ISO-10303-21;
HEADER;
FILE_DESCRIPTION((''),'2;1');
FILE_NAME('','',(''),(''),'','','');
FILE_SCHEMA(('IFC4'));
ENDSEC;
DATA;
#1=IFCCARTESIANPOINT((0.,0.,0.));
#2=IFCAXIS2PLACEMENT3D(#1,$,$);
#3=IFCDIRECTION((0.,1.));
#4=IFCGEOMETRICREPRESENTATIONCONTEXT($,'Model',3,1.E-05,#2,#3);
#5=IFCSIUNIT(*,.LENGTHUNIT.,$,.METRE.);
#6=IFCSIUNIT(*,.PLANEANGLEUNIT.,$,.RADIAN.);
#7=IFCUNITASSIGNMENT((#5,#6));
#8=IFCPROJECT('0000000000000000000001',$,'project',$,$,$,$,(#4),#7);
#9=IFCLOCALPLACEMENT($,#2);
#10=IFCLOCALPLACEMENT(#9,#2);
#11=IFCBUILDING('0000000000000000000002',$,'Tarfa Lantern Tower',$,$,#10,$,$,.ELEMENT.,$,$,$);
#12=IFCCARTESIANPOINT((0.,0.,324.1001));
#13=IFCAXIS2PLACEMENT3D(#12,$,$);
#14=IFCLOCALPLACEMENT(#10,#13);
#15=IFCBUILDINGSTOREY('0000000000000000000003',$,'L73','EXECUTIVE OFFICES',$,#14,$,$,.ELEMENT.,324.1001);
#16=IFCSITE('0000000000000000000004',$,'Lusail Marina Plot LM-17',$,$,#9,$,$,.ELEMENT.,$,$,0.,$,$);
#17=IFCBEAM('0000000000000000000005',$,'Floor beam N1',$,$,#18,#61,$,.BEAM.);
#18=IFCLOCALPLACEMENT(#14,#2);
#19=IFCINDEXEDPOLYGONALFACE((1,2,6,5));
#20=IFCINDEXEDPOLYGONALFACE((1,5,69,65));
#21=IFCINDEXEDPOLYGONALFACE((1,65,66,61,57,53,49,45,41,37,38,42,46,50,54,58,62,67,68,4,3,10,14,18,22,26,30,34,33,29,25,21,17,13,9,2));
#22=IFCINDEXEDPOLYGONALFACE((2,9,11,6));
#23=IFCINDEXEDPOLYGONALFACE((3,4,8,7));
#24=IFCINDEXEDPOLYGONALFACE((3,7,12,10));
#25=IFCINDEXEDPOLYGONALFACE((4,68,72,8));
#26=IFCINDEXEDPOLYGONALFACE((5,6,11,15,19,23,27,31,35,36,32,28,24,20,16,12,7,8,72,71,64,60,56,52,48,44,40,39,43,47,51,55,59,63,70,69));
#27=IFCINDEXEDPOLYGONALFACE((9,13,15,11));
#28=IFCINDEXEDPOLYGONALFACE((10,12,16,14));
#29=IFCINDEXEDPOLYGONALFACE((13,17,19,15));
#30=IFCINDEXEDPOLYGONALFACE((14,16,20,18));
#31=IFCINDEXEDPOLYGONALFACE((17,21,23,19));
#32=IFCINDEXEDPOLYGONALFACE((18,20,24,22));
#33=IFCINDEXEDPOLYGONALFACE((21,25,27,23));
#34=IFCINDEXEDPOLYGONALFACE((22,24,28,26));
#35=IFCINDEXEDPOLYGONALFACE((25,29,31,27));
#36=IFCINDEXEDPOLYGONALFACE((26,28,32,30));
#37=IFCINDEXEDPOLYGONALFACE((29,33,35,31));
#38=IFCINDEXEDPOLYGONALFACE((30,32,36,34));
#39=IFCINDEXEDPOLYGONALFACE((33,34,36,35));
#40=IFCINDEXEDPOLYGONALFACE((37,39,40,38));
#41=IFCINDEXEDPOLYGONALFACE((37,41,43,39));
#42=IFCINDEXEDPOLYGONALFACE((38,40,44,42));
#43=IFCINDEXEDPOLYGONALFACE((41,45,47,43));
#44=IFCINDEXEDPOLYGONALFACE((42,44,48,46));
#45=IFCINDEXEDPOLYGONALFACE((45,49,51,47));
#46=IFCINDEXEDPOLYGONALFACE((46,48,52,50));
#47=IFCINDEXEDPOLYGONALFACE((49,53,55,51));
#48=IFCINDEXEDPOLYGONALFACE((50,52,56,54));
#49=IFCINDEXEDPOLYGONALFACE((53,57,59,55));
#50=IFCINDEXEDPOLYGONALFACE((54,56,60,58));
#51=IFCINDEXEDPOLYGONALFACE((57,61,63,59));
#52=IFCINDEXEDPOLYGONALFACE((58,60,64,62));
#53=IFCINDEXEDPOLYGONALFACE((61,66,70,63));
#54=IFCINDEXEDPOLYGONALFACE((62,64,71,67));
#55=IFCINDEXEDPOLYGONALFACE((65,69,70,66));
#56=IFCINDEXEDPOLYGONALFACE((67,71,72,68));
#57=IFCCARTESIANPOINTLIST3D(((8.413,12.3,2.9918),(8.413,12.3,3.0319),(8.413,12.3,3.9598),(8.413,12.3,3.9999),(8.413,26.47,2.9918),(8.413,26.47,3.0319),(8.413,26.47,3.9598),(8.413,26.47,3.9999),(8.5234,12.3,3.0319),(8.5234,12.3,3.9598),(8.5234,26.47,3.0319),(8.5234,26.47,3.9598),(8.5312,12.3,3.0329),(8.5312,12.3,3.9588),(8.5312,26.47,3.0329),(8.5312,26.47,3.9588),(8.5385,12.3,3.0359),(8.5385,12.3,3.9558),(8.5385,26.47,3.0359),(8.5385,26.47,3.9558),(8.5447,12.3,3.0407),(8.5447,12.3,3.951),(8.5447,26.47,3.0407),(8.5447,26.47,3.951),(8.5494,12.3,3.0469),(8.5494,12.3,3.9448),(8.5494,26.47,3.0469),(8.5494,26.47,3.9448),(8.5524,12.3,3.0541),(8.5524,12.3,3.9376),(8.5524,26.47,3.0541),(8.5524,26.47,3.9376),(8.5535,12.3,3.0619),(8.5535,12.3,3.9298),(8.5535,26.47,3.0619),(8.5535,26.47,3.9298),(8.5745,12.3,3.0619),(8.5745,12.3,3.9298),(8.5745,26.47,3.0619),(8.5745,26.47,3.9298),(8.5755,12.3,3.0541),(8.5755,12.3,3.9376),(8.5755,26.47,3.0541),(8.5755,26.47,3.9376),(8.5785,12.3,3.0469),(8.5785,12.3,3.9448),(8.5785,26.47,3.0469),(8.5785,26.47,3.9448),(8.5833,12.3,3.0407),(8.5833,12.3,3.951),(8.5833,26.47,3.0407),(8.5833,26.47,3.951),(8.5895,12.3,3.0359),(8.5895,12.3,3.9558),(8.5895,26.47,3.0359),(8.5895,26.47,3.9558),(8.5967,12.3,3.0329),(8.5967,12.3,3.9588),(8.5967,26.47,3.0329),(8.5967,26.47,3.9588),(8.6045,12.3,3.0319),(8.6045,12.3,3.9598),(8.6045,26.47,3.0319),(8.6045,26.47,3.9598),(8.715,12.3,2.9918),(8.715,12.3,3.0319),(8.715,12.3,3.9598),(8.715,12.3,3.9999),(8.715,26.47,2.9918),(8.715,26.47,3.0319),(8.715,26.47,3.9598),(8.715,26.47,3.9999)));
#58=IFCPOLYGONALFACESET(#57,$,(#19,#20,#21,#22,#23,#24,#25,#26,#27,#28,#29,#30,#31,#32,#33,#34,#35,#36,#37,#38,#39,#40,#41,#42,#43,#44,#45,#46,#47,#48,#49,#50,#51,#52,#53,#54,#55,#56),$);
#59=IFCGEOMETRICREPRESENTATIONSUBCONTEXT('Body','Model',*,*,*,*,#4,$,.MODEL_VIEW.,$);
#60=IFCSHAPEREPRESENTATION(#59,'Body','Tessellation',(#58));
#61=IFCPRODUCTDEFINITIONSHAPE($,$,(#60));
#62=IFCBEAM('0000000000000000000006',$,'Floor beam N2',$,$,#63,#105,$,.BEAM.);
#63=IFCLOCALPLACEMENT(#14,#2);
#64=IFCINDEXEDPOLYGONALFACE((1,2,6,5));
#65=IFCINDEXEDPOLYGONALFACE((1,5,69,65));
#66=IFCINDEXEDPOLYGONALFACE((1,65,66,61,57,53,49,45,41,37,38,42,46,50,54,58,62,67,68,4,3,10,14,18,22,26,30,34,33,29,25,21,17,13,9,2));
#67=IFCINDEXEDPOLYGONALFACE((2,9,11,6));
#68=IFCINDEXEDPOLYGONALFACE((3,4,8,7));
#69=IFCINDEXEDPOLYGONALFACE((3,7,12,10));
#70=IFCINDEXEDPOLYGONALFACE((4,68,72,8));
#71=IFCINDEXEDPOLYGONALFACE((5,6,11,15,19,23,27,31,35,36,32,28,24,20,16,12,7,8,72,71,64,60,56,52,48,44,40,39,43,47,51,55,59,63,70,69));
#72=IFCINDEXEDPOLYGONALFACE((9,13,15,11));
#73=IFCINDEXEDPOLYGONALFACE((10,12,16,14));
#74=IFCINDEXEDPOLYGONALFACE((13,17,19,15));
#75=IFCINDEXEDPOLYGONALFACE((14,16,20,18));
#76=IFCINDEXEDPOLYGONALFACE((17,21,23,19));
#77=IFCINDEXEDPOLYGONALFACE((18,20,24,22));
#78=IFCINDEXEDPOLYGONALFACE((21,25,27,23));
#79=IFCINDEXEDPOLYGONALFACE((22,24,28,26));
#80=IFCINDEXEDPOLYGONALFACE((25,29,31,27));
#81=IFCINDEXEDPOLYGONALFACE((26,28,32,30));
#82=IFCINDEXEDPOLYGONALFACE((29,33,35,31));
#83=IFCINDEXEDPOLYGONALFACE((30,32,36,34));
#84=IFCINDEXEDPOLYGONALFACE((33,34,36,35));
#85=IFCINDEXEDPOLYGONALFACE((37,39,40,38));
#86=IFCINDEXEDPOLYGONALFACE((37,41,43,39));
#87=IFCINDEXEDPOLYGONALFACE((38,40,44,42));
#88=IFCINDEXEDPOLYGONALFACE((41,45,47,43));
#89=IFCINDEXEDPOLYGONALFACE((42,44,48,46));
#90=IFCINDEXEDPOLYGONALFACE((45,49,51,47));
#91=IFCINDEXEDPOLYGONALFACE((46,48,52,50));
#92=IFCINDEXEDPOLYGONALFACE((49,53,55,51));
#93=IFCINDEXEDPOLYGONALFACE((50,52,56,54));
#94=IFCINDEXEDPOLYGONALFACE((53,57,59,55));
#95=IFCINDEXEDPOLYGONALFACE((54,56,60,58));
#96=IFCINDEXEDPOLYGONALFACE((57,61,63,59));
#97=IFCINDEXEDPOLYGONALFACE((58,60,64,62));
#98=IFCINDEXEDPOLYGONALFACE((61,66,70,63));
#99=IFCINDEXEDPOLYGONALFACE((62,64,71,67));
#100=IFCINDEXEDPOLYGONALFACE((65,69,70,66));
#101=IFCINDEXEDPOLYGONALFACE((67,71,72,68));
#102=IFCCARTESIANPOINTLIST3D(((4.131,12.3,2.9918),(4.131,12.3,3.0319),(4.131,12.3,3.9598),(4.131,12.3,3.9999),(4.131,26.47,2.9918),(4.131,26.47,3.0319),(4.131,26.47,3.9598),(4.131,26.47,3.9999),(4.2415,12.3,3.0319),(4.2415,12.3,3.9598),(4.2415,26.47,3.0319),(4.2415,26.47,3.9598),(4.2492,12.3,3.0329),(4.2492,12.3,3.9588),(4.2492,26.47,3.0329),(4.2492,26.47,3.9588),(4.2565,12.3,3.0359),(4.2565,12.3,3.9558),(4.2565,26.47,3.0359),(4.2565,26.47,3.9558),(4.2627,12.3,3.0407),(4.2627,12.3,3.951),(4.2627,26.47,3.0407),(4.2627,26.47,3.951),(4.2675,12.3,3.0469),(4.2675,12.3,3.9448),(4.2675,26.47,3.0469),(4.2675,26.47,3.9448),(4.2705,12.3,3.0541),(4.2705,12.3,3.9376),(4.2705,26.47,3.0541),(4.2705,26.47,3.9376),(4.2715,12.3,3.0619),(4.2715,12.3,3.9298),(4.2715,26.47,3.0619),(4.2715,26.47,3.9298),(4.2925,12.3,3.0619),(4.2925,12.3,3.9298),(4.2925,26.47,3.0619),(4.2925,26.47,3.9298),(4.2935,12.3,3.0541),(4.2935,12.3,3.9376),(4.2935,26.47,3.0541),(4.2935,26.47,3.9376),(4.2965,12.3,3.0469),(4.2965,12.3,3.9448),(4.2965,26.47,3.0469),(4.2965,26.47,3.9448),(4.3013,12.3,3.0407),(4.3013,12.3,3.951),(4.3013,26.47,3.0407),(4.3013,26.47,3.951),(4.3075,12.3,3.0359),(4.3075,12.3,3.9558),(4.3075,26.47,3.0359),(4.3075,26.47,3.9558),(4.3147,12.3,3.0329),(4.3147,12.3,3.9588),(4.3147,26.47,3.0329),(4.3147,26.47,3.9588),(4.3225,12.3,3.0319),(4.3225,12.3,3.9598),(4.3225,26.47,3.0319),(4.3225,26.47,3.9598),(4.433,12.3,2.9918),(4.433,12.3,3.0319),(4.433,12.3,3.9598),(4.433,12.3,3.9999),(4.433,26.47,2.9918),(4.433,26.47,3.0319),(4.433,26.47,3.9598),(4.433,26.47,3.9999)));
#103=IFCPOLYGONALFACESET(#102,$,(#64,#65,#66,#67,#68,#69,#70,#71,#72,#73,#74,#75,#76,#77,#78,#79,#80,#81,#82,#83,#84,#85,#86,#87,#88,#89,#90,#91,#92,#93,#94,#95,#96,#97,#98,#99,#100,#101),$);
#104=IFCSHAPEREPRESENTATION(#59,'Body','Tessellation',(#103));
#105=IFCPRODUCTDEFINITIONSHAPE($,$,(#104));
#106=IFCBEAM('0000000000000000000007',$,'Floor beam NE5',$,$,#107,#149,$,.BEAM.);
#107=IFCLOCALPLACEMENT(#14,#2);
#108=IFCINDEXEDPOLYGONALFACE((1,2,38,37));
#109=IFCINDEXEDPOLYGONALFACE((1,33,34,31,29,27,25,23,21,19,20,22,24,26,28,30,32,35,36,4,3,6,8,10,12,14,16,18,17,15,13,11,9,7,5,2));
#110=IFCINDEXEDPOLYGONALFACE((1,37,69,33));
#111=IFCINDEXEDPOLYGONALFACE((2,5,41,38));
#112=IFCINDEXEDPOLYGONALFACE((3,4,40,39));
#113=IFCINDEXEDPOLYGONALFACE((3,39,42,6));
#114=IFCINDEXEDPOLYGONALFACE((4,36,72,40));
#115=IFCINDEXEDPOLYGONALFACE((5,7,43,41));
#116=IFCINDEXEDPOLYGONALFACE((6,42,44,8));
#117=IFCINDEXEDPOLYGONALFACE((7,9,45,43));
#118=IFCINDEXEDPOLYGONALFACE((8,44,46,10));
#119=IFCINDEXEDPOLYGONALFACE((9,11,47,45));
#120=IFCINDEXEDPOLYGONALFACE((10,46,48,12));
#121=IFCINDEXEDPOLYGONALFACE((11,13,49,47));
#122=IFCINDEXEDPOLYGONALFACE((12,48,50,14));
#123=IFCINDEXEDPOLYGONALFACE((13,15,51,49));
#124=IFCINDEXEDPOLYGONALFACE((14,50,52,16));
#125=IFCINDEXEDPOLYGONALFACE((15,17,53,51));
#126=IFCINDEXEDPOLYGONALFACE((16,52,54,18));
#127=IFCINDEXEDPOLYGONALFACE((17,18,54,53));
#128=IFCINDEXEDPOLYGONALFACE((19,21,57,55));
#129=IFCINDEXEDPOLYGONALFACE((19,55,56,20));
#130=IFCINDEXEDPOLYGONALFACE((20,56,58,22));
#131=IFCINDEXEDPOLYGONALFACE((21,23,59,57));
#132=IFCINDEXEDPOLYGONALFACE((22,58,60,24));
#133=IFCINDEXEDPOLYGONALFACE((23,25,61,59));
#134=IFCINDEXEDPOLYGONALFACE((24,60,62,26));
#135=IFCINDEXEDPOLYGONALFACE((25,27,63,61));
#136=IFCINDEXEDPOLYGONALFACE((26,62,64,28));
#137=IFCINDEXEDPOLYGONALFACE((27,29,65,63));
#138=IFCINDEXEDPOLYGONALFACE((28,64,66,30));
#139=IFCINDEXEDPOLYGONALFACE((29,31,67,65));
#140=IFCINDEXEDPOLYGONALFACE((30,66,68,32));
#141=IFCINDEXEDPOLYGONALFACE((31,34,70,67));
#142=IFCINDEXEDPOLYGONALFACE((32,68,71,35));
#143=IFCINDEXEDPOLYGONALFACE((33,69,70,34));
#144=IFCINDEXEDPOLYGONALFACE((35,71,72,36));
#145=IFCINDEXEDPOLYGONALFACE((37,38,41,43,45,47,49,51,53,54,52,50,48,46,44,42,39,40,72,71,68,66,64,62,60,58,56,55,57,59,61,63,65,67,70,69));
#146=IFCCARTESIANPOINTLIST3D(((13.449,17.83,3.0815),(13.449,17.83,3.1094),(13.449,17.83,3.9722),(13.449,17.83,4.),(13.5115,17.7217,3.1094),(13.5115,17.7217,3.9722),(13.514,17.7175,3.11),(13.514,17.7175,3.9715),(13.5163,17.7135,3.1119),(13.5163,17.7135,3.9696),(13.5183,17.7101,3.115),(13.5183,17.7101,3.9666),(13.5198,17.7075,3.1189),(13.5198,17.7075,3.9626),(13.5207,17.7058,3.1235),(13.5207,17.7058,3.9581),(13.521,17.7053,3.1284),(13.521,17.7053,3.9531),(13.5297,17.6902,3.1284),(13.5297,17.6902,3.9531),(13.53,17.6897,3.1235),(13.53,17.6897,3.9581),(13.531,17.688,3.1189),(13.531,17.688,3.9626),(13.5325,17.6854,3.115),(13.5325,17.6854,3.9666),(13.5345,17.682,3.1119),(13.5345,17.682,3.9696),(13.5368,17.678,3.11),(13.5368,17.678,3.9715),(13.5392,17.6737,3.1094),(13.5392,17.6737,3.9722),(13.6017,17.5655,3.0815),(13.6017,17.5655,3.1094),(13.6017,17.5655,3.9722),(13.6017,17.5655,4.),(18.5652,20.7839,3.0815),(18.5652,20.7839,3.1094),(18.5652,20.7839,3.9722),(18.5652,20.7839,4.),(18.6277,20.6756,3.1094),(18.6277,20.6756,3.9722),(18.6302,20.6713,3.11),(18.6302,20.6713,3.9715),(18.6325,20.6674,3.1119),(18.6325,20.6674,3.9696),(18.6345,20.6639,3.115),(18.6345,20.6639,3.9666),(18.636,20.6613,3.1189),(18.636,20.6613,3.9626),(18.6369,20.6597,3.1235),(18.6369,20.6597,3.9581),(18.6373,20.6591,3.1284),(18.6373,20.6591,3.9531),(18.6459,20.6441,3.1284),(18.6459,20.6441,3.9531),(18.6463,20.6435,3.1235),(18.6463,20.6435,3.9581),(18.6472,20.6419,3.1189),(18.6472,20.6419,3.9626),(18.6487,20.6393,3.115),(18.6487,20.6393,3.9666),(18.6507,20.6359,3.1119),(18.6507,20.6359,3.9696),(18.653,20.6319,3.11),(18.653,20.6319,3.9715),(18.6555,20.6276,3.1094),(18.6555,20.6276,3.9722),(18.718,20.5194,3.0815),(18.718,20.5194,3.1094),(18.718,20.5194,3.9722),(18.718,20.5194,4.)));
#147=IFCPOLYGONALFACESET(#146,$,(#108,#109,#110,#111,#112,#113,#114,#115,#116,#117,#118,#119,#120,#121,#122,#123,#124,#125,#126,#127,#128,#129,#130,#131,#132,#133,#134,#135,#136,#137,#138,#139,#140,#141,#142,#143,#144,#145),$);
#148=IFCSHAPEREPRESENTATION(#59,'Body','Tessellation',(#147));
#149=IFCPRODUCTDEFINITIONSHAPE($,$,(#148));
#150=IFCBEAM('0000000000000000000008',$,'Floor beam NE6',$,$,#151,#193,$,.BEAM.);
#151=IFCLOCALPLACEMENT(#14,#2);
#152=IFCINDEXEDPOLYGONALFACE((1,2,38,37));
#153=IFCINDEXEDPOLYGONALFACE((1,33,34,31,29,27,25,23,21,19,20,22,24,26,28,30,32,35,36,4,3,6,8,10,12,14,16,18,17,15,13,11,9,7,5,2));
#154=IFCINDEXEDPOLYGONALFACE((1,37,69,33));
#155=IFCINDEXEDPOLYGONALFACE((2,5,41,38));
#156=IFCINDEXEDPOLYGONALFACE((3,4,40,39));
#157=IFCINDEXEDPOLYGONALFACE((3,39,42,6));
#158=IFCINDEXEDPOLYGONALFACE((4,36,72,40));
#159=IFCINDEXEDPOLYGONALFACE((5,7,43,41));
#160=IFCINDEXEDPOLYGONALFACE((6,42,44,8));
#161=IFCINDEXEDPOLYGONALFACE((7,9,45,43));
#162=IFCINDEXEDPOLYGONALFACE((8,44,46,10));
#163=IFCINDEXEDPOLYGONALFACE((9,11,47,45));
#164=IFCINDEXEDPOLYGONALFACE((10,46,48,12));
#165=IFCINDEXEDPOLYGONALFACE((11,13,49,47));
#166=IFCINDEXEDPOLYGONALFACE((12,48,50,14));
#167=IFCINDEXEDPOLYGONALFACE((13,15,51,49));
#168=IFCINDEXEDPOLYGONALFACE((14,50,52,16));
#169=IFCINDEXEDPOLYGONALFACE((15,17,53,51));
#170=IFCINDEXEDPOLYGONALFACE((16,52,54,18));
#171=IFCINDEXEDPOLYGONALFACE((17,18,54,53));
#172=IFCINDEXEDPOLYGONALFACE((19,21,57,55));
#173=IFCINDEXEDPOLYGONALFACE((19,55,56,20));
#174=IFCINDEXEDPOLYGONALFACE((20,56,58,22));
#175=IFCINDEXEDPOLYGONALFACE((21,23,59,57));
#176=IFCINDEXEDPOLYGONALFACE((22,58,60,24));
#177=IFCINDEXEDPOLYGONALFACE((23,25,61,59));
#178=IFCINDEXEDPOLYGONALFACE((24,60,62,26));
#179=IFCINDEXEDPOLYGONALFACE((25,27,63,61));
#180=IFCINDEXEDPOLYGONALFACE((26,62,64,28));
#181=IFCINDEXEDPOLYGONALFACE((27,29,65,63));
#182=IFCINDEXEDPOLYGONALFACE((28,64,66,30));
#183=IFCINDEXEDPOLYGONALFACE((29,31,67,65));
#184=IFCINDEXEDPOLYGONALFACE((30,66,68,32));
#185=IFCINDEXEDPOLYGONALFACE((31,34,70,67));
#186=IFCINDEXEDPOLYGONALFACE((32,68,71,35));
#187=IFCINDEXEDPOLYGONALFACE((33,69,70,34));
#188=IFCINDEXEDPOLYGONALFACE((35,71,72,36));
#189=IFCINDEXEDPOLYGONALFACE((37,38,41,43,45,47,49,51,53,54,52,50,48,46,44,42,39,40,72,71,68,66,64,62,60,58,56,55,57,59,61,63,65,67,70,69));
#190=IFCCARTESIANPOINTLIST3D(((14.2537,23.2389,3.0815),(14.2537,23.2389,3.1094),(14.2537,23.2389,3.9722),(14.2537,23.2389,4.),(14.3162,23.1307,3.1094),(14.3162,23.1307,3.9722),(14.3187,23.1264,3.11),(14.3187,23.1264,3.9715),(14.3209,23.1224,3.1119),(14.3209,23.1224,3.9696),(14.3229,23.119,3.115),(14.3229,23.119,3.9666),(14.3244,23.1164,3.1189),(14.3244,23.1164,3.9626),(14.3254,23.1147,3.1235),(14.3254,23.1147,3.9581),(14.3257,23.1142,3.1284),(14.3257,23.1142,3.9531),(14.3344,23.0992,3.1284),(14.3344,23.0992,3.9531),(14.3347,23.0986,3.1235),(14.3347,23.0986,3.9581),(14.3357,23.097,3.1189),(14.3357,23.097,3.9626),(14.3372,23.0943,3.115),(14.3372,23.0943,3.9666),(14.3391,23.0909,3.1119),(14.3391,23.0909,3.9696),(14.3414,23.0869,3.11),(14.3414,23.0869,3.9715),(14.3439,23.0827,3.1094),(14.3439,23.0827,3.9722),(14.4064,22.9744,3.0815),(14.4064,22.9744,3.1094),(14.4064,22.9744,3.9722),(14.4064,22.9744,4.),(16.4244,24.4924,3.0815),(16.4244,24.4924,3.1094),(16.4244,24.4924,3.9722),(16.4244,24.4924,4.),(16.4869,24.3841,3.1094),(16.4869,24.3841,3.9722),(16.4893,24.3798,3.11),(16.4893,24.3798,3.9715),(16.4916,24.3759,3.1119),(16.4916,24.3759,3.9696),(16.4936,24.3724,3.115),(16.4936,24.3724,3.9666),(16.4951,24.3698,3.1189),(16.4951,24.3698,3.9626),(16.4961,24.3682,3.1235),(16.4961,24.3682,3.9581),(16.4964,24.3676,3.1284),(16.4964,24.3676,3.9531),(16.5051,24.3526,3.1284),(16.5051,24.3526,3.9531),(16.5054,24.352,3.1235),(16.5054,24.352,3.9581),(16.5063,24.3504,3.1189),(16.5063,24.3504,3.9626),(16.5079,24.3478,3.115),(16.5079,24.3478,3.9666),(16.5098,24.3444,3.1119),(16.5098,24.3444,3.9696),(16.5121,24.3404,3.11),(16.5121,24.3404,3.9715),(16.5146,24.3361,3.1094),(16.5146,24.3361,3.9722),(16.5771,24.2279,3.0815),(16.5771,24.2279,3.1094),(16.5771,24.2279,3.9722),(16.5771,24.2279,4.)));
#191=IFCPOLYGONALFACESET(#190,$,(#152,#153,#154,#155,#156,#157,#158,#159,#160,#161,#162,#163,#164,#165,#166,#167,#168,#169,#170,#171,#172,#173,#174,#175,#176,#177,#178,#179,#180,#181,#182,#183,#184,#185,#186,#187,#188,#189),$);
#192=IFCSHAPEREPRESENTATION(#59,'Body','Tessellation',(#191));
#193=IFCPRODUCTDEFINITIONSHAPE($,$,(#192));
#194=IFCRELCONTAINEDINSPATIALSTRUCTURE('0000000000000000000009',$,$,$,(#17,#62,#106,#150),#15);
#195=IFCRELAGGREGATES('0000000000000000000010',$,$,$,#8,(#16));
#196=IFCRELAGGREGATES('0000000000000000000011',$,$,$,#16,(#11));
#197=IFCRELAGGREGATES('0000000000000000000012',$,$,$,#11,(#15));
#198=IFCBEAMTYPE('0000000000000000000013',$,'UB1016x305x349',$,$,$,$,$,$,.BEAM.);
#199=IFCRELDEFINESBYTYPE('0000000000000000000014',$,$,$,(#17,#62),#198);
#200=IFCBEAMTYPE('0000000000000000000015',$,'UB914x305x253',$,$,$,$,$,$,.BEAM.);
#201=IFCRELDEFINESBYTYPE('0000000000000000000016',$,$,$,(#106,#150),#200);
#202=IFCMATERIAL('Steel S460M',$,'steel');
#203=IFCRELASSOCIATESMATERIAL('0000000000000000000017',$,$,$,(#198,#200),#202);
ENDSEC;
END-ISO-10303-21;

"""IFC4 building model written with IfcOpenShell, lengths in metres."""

from ifc_helpers import new_model, si_unit, direction, frame, origin, origin_2d, place, context, subcontext, project, spatial, i_section, extrude, material, material_profile, profile_set, type_object, element, save


model = new_model("IFC4")

# Units and contexts
model_context = context("Model", 3, precision=1e-05, world=origin(), true_north=direction((0.0, 1.0)))
body_context = subcontext(model_context, "Body", "Model", "MODEL_VIEW")
ifc_project = project(units=[si_unit("LENGTHUNIT", "METRE"), si_unit("PLANEANGLEUNIT", "RADIAN")], contexts=[model_context])

# Site, building, storey
site_placement = place(None, origin())
site = spatial("IfcSite", under=ifc_project, at=site_placement, Name="Lusail Marina Plot LM-17", CompositionType="ELEMENT", RefElevation=0.0)
building_placement = place(site_placement, origin())
building = spatial("IfcBuilding", under=site, at=building_placement, Name="Tarfa Lantern Tower", CompositionType="ELEMENT")
storey_placement = place(building_placement, frame((0.0, 0.0, 324.1001)))
storey = spatial("IfcBuildingStorey", under=building, at=storey_placement, Name="L73", Description="EXECUTIVE OFFICES", CompositionType="ELEMENT", Elevation=324.1001)

# Beams
ifc_material_1 = material(Name="Steel S460M", Category="steel")
ifc_material_profile_1 = material_profile(ifc_material_1, i_section(OverallWidth=0.302, OverallDepth=1.0081, WebThickness=0.021, FlangeThickness=0.04, FilletRadius=0.03, at=origin_2d()), Name="UB1016x305x349")
ifc_profile_set_1 = profile_set([ifc_material_profile_1], Name="Steel S460M")
beam_type_1 = type_object("IfcBeamType", Name="UB1016x305x349", PredefinedType="BEAM", material=ifc_profile_set_1)
for number, where, z_axis, x_axis, name in (
    (1, (8.564, 26.47, 3.4958), (0.0, -1.0, 0.0), (1.0, 0.0, 0.0), "Floor beam N1"),
    (2, (4.282, 26.47, 3.4958), (0.0, -1.0, 0.0), (1.0, 0.0, 0.0), "Floor beam N2"),
):
    element("IfcBeam", number, at=place(storey_placement, frame(where, z_axis=z_axis, x_axis=x_axis)), inside=storey, type_object=beam_type_1, Name=name, PredefinedType="BEAM", context=body_context, shape_type="SweptSolid", body=[
        extrude(i_section(OverallWidth=0.302, OverallDepth=1.0081, WebThickness=0.021, FlangeThickness=0.04, FilletRadius=0.03, at=origin_2d()), origin(), (0.0, 0.0, 1.0), 14.1699),
    ])
ifc_material_profile_2 = material_profile(ifc_material_1, i_section(OverallWidth=0.3054, OverallDepth=0.9185, WebThickness=0.0173, FlangeThickness=0.0278, FilletRadius=0.019, at=origin_2d()), Name="UB914x305x253")
ifc_profile_set_2 = profile_set([ifc_material_profile_2], Name="Steel S460M")
beam_type_2 = type_object("IfcBeamType", Name="UB914x305x253", PredefinedType="BEAM", material=ifc_profile_set_2)
beam_1_placement = place(storey_placement, frame((18.6416, 20.6516, 3.5408), z_axis=(-0.866025, -0.500001, 0.0), x_axis=(0.500001, -0.866025, 0.0)))
element("IfcBeam", 3, at=beam_1_placement, inside=storey, type_object=beam_type_2, Name="Floor beam NE5", PredefinedType="BEAM", context=body_context, shape_type="SweptSolid", body=[
    extrude(i_section(OverallWidth=0.3054, OverallDepth=0.9185, WebThickness=0.0173, FlangeThickness=0.0278, FilletRadius=0.019, at=origin_2d()), origin(), (0.0, 0.0, 1.0), 5.9077),
])
beam_2_placement = place(storey_placement, frame((16.5007, 24.3601, 3.5408), z_axis=(-0.865993, -0.500057, 0.0), x_axis=(0.500057, -0.865993, 0.0)))
element("IfcBeam", 4, at=beam_2_placement, inside=storey, type_object=beam_type_2, Name="Floor beam NE6", PredefinedType="BEAM", context=body_context, shape_type="SweptSolid", body=[
    extrude(i_section(OverallWidth=0.3054, OverallDepth=0.9185, WebThickness=0.0173, FlangeThickness=0.0278, FilletRadius=0.019, at=origin_2d()), origin(), (0.0, 0.0, 1.0), 2.5066),
])

save(model, "model.ifc")
